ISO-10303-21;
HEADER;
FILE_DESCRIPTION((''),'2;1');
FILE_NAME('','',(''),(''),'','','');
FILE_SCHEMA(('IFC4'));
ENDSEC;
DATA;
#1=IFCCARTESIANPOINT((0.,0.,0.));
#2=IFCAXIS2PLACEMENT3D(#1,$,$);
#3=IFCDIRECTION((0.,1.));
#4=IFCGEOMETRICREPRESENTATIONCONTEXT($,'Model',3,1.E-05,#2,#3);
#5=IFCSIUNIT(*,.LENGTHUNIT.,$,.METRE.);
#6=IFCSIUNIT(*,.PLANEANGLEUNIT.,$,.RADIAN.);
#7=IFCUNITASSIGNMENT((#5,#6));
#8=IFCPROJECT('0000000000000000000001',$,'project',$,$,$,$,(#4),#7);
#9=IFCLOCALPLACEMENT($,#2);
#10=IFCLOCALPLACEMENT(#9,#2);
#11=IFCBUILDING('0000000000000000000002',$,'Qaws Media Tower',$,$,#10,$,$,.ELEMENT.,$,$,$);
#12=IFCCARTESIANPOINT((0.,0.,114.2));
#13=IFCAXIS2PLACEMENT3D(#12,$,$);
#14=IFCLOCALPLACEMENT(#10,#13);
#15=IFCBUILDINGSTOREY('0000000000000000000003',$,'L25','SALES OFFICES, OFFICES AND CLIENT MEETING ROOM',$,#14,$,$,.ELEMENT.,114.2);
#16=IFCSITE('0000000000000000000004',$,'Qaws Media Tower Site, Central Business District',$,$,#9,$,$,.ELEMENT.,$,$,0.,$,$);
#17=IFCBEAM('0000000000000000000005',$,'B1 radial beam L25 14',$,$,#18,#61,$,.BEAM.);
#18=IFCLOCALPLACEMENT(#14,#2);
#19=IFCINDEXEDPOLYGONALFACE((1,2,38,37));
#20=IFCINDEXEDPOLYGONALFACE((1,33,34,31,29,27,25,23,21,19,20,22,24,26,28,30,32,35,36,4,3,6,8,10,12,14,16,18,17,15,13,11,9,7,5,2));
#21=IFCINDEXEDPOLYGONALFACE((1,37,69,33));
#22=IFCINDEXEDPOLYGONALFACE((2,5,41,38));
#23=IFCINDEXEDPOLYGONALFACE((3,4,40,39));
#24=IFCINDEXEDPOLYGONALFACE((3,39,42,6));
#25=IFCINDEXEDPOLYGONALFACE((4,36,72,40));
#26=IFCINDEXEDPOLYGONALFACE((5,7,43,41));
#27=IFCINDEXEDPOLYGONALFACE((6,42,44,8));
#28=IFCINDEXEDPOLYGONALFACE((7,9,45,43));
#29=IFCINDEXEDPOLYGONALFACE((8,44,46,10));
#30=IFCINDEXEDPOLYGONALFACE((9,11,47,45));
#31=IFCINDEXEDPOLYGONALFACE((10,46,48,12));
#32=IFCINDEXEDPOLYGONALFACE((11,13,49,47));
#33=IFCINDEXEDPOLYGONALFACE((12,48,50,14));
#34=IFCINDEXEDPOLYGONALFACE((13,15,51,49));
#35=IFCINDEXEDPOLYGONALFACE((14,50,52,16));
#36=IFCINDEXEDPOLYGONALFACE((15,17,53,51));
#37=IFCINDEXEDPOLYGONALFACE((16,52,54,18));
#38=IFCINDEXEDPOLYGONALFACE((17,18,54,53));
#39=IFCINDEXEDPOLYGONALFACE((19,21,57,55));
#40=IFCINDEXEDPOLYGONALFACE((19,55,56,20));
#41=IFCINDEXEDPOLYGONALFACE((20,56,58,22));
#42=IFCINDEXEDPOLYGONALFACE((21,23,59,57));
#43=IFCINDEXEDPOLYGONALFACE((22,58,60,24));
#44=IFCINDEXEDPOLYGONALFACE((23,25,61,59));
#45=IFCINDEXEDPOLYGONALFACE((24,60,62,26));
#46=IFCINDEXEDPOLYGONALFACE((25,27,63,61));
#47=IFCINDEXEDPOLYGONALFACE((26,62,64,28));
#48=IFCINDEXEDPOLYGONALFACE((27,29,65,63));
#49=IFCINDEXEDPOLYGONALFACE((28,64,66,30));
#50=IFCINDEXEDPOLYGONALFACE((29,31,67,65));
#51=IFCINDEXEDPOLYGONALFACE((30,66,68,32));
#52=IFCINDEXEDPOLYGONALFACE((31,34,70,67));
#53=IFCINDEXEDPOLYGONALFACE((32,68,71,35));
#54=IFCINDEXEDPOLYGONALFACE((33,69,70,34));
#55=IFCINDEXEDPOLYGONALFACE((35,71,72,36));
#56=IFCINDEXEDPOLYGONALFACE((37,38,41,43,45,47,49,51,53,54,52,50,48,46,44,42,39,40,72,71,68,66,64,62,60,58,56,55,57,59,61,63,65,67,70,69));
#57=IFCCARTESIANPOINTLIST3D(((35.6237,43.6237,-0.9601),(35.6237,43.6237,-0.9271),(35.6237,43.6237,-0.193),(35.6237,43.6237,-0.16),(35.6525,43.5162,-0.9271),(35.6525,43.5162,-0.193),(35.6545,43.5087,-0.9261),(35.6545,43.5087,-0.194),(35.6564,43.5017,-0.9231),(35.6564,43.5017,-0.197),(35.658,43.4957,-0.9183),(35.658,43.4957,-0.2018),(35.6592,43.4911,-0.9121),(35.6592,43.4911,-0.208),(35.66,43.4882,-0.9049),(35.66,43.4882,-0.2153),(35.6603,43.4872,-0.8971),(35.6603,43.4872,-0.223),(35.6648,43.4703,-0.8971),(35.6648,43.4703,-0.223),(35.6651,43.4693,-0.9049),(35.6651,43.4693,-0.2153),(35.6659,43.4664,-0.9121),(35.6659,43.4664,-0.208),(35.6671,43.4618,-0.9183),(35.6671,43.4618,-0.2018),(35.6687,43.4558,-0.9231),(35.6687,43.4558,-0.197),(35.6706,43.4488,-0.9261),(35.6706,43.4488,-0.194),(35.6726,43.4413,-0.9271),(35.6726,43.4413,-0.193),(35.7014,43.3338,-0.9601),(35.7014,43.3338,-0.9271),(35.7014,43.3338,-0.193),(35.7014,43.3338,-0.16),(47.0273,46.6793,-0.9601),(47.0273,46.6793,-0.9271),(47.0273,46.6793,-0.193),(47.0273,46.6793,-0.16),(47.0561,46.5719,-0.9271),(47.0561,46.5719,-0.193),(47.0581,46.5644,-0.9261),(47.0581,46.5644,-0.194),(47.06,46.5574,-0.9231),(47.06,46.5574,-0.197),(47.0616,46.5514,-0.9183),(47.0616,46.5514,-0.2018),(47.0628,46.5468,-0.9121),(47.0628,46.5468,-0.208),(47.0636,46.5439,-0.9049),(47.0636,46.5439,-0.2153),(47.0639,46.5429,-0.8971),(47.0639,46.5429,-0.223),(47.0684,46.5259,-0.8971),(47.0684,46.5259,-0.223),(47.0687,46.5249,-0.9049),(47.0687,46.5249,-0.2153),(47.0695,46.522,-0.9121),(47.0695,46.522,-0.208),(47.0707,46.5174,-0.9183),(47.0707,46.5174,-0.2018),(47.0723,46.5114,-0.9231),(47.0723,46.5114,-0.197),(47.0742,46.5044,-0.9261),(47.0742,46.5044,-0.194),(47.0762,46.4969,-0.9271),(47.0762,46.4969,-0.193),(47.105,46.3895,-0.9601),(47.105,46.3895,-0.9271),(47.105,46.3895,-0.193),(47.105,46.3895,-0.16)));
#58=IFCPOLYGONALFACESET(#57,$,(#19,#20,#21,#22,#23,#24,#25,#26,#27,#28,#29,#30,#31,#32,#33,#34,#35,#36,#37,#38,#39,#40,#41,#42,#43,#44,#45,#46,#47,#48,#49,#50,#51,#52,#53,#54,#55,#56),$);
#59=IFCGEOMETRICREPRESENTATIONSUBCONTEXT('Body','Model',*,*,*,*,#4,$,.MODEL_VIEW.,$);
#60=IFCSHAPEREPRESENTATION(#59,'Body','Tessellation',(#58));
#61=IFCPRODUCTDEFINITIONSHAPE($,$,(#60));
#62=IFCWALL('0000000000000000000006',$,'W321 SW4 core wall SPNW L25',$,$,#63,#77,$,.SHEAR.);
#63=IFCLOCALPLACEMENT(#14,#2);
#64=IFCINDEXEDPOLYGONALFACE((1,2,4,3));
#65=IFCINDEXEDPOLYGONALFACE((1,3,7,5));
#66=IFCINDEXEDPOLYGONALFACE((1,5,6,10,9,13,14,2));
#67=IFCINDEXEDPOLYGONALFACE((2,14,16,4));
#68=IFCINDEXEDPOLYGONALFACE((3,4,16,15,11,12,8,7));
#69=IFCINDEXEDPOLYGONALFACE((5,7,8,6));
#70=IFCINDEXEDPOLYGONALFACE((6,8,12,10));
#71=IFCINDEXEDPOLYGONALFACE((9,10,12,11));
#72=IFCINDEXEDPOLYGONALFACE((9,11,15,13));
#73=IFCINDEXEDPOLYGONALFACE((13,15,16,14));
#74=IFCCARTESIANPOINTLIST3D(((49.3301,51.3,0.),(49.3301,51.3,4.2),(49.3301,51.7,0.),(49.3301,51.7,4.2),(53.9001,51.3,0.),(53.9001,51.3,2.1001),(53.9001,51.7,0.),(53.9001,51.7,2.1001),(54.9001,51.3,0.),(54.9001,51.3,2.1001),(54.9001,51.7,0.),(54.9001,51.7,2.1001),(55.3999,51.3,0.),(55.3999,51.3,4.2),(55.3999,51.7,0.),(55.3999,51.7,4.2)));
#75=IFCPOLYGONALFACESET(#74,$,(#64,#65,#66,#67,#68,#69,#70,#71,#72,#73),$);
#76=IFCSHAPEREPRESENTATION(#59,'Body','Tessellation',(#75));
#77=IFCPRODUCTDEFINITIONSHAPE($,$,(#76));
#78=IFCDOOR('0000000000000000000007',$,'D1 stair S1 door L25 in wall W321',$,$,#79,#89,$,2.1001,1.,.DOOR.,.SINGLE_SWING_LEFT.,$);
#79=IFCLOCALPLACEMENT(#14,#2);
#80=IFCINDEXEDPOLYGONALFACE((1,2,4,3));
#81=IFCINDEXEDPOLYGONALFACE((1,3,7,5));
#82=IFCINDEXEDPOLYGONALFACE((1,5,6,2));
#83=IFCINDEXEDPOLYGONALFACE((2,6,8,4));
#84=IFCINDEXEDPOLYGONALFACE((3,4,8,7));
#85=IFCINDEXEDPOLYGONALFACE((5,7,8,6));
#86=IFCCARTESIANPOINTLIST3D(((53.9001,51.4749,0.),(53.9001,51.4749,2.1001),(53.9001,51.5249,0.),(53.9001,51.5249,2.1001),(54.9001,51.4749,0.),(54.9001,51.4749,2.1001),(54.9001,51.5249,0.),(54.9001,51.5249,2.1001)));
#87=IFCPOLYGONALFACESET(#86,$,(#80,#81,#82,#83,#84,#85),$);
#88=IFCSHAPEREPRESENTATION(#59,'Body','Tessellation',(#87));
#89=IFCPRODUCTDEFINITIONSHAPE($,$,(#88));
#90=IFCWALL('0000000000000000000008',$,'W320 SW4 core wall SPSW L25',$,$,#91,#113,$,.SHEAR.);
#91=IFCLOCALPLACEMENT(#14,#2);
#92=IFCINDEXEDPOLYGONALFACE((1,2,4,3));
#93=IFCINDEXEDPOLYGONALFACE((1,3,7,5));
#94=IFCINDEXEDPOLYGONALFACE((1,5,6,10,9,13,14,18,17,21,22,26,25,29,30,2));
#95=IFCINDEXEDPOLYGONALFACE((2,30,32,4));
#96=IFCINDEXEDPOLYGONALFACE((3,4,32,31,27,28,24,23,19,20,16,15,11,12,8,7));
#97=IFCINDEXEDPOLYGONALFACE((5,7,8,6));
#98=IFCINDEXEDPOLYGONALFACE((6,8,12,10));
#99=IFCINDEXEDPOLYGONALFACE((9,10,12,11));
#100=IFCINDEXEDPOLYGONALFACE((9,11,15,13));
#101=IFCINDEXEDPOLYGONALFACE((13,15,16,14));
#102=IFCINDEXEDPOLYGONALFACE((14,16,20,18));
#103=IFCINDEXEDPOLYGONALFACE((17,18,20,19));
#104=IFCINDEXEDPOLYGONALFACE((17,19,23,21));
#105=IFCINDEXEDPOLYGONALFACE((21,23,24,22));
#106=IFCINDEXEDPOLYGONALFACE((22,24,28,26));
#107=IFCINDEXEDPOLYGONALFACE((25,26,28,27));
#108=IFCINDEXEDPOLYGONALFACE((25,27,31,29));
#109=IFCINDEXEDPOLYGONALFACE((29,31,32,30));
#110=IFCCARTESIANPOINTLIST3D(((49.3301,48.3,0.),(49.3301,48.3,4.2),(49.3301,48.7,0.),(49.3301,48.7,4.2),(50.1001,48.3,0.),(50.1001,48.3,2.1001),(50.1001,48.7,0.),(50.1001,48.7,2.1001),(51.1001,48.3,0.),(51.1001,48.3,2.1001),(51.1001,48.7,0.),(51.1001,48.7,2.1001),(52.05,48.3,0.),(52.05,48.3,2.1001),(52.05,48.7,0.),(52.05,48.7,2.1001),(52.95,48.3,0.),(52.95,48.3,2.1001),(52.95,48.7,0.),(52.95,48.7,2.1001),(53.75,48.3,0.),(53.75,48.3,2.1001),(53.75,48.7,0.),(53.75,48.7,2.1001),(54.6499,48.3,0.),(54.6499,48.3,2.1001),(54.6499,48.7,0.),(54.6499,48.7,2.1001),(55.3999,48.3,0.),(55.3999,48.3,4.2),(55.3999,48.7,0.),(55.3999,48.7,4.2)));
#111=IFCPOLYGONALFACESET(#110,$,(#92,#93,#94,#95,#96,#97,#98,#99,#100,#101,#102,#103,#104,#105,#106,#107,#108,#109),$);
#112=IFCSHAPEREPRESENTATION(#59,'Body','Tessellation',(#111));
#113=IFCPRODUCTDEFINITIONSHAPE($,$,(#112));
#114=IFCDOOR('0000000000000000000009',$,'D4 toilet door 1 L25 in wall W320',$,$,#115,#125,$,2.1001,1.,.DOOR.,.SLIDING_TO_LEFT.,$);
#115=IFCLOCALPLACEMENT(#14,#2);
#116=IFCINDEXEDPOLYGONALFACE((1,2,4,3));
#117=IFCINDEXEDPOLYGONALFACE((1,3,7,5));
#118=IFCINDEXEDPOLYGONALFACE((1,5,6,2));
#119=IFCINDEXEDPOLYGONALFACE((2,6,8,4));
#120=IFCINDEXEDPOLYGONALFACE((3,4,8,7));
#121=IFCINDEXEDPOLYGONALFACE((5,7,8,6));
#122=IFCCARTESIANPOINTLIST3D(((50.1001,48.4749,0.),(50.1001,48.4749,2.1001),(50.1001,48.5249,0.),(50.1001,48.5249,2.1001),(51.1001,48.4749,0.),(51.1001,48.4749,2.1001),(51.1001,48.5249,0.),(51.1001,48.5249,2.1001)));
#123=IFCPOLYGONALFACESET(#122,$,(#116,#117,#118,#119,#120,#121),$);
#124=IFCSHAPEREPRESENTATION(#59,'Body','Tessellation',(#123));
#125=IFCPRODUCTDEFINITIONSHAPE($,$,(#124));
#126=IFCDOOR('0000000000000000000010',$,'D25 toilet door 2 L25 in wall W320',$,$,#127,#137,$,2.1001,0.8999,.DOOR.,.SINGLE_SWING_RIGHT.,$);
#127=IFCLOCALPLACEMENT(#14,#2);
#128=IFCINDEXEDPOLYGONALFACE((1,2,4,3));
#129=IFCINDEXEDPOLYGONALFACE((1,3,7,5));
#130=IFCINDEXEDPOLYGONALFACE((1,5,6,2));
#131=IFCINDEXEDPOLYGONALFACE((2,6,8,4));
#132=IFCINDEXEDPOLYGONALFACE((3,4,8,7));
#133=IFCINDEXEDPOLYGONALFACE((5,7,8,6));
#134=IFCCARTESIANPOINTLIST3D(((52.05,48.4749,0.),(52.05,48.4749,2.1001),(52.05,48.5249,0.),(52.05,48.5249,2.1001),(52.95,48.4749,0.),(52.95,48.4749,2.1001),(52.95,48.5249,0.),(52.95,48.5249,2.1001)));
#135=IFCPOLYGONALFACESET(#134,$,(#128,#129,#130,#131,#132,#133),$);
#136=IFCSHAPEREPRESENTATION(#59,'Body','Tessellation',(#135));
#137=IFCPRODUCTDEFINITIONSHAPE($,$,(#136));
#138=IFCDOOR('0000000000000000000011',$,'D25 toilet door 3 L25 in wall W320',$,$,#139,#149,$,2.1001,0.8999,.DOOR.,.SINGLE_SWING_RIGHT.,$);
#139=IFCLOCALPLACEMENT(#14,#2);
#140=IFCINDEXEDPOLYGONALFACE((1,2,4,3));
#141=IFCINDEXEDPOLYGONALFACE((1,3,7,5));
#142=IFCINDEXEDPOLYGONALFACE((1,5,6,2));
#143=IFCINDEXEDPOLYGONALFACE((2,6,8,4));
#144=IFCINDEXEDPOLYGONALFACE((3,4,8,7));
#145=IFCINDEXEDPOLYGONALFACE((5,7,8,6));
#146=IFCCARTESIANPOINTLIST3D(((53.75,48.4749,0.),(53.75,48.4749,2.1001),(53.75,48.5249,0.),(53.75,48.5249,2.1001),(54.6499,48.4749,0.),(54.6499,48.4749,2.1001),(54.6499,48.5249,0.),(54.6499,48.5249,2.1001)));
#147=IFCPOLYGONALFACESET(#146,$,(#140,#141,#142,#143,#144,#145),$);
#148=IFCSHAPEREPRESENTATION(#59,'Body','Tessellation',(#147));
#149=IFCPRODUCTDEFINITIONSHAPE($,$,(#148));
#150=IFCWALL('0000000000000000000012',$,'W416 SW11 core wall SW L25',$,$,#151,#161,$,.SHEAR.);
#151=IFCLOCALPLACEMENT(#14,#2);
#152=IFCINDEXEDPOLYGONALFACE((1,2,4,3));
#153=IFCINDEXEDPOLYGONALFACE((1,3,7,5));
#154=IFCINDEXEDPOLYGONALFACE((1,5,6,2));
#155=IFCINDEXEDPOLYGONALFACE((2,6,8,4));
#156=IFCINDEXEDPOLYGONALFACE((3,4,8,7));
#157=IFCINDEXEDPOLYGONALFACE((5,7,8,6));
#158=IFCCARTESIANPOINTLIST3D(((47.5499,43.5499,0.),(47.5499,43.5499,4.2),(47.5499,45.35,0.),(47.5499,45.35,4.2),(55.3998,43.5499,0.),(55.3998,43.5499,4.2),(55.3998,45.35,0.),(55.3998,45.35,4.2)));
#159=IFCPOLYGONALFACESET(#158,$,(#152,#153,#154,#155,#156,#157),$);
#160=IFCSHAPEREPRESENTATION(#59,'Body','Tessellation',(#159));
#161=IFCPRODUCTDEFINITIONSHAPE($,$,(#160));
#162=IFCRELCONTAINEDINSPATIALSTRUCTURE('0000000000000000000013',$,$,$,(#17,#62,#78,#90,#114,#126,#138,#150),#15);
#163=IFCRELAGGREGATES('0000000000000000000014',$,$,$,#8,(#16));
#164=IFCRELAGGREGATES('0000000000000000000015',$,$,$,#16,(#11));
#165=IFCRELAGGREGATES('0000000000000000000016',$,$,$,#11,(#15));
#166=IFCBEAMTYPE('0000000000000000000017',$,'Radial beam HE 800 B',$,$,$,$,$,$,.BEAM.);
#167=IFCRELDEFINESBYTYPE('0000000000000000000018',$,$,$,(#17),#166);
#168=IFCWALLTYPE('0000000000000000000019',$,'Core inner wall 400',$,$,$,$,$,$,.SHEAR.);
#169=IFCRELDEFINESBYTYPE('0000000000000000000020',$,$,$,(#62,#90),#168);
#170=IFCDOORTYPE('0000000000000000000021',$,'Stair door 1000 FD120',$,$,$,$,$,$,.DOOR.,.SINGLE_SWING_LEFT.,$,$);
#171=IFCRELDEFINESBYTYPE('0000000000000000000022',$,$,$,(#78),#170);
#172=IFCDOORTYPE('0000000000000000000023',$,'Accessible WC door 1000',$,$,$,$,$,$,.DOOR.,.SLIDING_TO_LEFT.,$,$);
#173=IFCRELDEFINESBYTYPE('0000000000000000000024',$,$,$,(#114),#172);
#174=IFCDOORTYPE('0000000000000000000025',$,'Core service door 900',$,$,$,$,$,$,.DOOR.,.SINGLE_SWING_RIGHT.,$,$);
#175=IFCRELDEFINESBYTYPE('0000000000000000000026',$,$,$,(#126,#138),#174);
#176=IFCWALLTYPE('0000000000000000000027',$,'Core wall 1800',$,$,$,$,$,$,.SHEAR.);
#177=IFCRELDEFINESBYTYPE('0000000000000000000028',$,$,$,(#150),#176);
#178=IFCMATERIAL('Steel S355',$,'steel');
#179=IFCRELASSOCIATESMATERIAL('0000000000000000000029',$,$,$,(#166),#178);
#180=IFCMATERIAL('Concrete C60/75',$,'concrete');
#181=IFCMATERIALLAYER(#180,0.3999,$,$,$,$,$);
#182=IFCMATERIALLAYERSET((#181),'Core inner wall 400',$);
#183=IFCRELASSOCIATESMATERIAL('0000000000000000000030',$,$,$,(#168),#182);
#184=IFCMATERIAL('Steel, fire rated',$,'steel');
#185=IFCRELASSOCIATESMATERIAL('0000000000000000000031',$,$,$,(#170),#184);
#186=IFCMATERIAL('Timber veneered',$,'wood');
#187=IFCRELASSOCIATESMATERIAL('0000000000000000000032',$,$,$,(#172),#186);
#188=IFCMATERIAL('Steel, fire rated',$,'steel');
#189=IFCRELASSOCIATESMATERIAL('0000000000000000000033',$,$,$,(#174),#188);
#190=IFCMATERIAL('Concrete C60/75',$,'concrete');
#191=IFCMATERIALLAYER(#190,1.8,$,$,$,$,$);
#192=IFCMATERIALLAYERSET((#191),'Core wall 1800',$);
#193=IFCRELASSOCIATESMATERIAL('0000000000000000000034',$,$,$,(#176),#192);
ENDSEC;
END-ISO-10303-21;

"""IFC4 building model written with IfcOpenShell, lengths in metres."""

from ifc_helpers import new_model, si_unit, direction, frame, frame_2d, origin, origin_2d, place, context, subcontext, project, spatial, rectangle, i_section, extrude, material, layer, layer_set, material_profile, profile_set, type_object, element, fill, save


model = new_model("IFC4")

# Units and contexts
model_context = context("Model", 3, precision=1e-05, world=origin(), true_north=direction((0.0, 1.0)))
body_context = subcontext(model_context, "Body", "Model", "MODEL_VIEW")
ifc_project = project(units=[si_unit("LENGTHUNIT", "METRE"), si_unit("PLANEANGLEUNIT", "RADIAN")], contexts=[model_context])

# Site, building, storey
site_placement = place(None, origin())
site = spatial("IfcSite", under=ifc_project, at=site_placement, Name="Qaws Media Tower Site, Central Business District", CompositionType="ELEMENT", RefElevation=0.0)
building_placement = place(site_placement, origin())
building = spatial("IfcBuilding", under=site, at=building_placement, Name="Qaws Media Tower", CompositionType="ELEMENT")
storey_placement = place(building_placement, frame((0.0, 0.0, 114.2)))
storey = spatial("IfcBuildingStorey", under=building, at=storey_placement, Name="L25", Description="SALES OFFICES, OFFICES AND CLIENT MEETING ROOM", CompositionType="ELEMENT", Elevation=114.2)

# Beam
ifc_material_1 = material(Name="Steel S355", Category="steel")
ifc_material_profile_1 = material_profile(ifc_material_1, i_section(OverallWidth=0.3, OverallDepth=0.8, WebThickness=0.0176, FlangeThickness=0.033, FilletRadius=0.03, at=origin_2d()), Name="HE 800 B")
ifc_profile_set_1 = profile_set([ifc_material_profile_1], Name="Steel S355")
beam_type_1 = type_object("IfcBeamType", Name="Radial beam HE 800 B", PredefinedType="BEAM", material=ifc_profile_set_1)
beam_1_placement = place(storey_placement, frame((47.0662, 46.5344, -0.5601), z_axis=(-0.965924, -0.258826, 0.0), x_axis=(0.258826, -0.965924, 0.0)))
element("IfcBeam", 1, at=beam_1_placement, inside=storey, type_object=beam_type_1, Name="B1 radial beam L25 14", PredefinedType="BEAM", context=body_context, shape_type="SweptSolid", body=[
    extrude(i_section(OverallWidth=0.3, OverallDepth=0.8, WebThickness=0.0176, FlangeThickness=0.033, FilletRadius=0.03, at=origin_2d()), origin(), (0.0, 0.0, 1.0), 11.8059),
])

# Wall, opening, door
ifc_material_2 = material(Name="Concrete C60/75", Category="concrete")
ifc_layer_1 = layer(ifc_material_2, 0.3999)
ifc_layer_set_1 = layer_set([ifc_layer_1], Name="Core inner wall 400")
wall_type_1 = type_object("IfcWallType", Name="Core inner wall 400", PredefinedType="SHEAR", material=ifc_layer_set_1)
wall_1_placement = place(storey_placement, frame((49.3301, 51.5, 0.0), z_axis=(0.0, 0.0, 1.0), x_axis=(1.0, 0.0, 0.0)))
wall_1 = element("IfcWall", 2, at=wall_1_placement, inside=storey, type_object=wall_type_1, Name="W321 SW4 core wall SPNW L25", PredefinedType="SHEAR", context=body_context, shape_type="SweptSolid", body=[
    extrude(rectangle(XDim=6.0698, YDim=0.3999, at=frame_2d((3.0349, 0.0))), origin(), (0.0, 0.0, 1.0), 4.2),
])
opening_1_placement = place(wall_1_placement, frame((4.5701, 0.0, 0.0)))
opening_1 = element("IfcOpeningElement", 3, at=opening_1_placement, cuts=wall_1, PredefinedType="OPENING", context=body_context, shape_type="SweptSolid", body=[
    extrude(rectangle(XDim=1.0, YDim=2.1001, at=frame_2d((0.5, 1.05))), frame((0.0, 0.21, 0.0), z_axis=(0.0, -1.0, 0.0), x_axis=(1.0, 0.0, 0.0)), (0.0, 0.0, 1.0), 0.4199),
])
ifc_material_3 = material(Name="Steel, fire rated", Category="steel")
door_type_1 = type_object("IfcDoorType", Name="Stair door 1000 FD120", OperationType="SINGLE_SWING_LEFT", PredefinedType="DOOR", material=ifc_material_3)
door_1_placement = place(opening_1_placement, origin())
door_1 = element("IfcDoor", 4, at=door_1_placement, inside=storey, type_object=door_type_1, Name="D1 stair S1 door L25 in wall W321", OperationType="SINGLE_SWING_LEFT", OverallHeight=2.1001, OverallWidth=1.0, PredefinedType="DOOR", context=body_context, shape_type="SweptSolid", body=[
    extrude(rectangle(XDim=1.0, YDim=2.1001, at=frame_2d((0.5, 1.05))), frame((0.0, 0.0249, 0.0), z_axis=(0.0, -1.0, 0.0), x_axis=(1.0, 0.0, 0.0)), (0.0, 0.0, 1.0), 0.05),
])
fill(opening_1, door_1)

# Wall, openings, doors
wall_2_placement = place(storey_placement, frame((49.3301, 48.5, 0.0), z_axis=(0.0, 0.0, 1.0), x_axis=(1.0, 0.0, 0.0)))
wall_2 = element("IfcWall", 5, at=wall_2_placement, inside=storey, type_object=wall_type_1, Name="W320 SW4 core wall SPSW L25", PredefinedType="SHEAR", context=body_context, shape_type="SweptSolid", body=[
    extrude(rectangle(XDim=6.0698, YDim=0.3999, at=frame_2d((3.0349, 0.0))), origin(), (0.0, 0.0, 1.0), 4.2),
])
opening_2_placement = place(wall_2_placement, frame((0.77, 0.0, 0.0)))
opening_2 = element("IfcOpeningElement", 6, at=opening_2_placement, cuts=wall_2, PredefinedType="OPENING", context=body_context, shape_type="SweptSolid", body=[
    extrude(rectangle(XDim=1.0, YDim=2.1001, at=frame_2d((0.5, 1.05))), frame((0.0, 0.21, 0.0), z_axis=(0.0, -1.0, 0.0), x_axis=(1.0, 0.0, 0.0)), (0.0, 0.0, 1.0), 0.4199),
])
opening_3_placement = place(wall_2_placement, frame((2.72, 0.0, 0.0)))
opening_3 = element("IfcOpeningElement", 7, at=opening_3_placement, cuts=wall_2, PredefinedType="OPENING", context=body_context, shape_type="SweptSolid", body=[
    extrude(rectangle(XDim=0.8999, YDim=2.1001, at=frame_2d((0.45, 1.05))), frame((0.0, 0.21, 0.0), z_axis=(0.0, -1.0, 0.0), x_axis=(1.0, 0.0, 0.0)), (0.0, 0.0, 1.0), 0.4199),
])
opening_4_placement = place(wall_2_placement, frame((4.4199, 0.0, 0.0)))
opening_4 = element("IfcOpeningElement", 8, at=opening_4_placement, cuts=wall_2, PredefinedType="OPENING", context=body_context, shape_type="SweptSolid", body=[
    extrude(rectangle(XDim=0.8999, YDim=2.1001, at=frame_2d((0.45, 1.05))), frame((0.0, 0.21, 0.0), z_axis=(0.0, -1.0, 0.0), x_axis=(1.0, 0.0, 0.0)), (0.0, 0.0, 1.0), 0.4199),
])
ifc_material_4 = material(Name="Timber veneered", Category="wood")
door_type_2 = type_object("IfcDoorType", Name="Accessible WC door 1000", OperationType="SLIDING_TO_LEFT", PredefinedType="DOOR", material=ifc_material_4)
door_2_placement = place(opening_2_placement, origin())
door_2 = element("IfcDoor", 9, at=door_2_placement, inside=storey, type_object=door_type_2, Name="D4 toilet door 1 L25 in wall W320", OperationType="SLIDING_TO_LEFT", OverallHeight=2.1001, OverallWidth=1.0, PredefinedType="DOOR", context=body_context, shape_type="SweptSolid", body=[
    extrude(rectangle(XDim=1.0, YDim=2.1001, at=frame_2d((0.5, 1.05))), frame((0.0, 0.0249, 0.0), z_axis=(0.0, -1.0, 0.0), x_axis=(1.0, 0.0, 0.0)), (0.0, 0.0, 1.0), 0.05),
])
fill(opening_2, door_2)
ifc_material_5 = material(Name="Steel, fire rated", Category="steel")
door_type_3 = type_object("IfcDoorType", Name="Core service door 900", OperationType="SINGLE_SWING_RIGHT", PredefinedType="DOOR", material=ifc_material_5)
door_3_placement = place(opening_3_placement, origin())
door_3 = element("IfcDoor", 10, at=door_3_placement, inside=storey, type_object=door_type_3, Name="D25 toilet door 2 L25 in wall W320", OperationType="SINGLE_SWING_RIGHT", OverallHeight=2.1001, OverallWidth=0.8999, PredefinedType="DOOR", context=body_context, shape_type="SweptSolid", body=[
    extrude(rectangle(XDim=0.8999, YDim=2.1001, at=frame_2d((0.45, 1.05))), frame((0.0, 0.0249, 0.0), z_axis=(0.0, -1.0, 0.0), x_axis=(1.0, 0.0, 0.0)), (0.0, 0.0, 1.0), 0.05),
])
fill(opening_3, door_3)
door_4_placement = place(opening_4_placement, origin())
door_4 = element("IfcDoor", 11, at=door_4_placement, inside=storey, type_object=door_type_3, Name="D25 toilet door 3 L25 in wall W320", OperationType="SINGLE_SWING_RIGHT", OverallHeight=2.1001, OverallWidth=0.8999, PredefinedType="DOOR", context=body_context, shape_type="SweptSolid", body=[
    extrude(rectangle(XDim=0.8999, YDim=2.1001, at=frame_2d((0.45, 1.05))), frame((0.0, 0.0249, 0.0), z_axis=(0.0, -1.0, 0.0), x_axis=(1.0, 0.0, 0.0)), (0.0, 0.0, 1.0), 0.05),
])
fill(opening_4, door_4)

# Wall
ifc_material_6 = material(Name="Concrete C60/75", Category="concrete")
ifc_layer_2 = layer(ifc_material_6, 1.8)
ifc_layer_set_2 = layer_set([ifc_layer_2], Name="Core wall 1800")
wall_type_2 = type_object("IfcWallType", Name="Core wall 1800", PredefinedType="SHEAR", material=ifc_layer_set_2)
wall_3_placement = place(storey_placement, frame((47.55, 44.45, 0.0), z_axis=(0.0, 0.0, 1.0), x_axis=(1.0, 0.0, 0.0)))
element("IfcWall", 12, at=wall_3_placement, inside=storey, type_object=wall_type_2, Name="W416 SW11 core wall SW L25", PredefinedType="SHEAR", context=body_context, shape_type="SweptSolid", body=[
    extrude(rectangle(XDim=7.8499, YDim=1.8, at=frame_2d((3.9248, 0.0))), origin(), (0.0, 0.0, 1.0), 4.2),
])

save(model, "model.ifc")
